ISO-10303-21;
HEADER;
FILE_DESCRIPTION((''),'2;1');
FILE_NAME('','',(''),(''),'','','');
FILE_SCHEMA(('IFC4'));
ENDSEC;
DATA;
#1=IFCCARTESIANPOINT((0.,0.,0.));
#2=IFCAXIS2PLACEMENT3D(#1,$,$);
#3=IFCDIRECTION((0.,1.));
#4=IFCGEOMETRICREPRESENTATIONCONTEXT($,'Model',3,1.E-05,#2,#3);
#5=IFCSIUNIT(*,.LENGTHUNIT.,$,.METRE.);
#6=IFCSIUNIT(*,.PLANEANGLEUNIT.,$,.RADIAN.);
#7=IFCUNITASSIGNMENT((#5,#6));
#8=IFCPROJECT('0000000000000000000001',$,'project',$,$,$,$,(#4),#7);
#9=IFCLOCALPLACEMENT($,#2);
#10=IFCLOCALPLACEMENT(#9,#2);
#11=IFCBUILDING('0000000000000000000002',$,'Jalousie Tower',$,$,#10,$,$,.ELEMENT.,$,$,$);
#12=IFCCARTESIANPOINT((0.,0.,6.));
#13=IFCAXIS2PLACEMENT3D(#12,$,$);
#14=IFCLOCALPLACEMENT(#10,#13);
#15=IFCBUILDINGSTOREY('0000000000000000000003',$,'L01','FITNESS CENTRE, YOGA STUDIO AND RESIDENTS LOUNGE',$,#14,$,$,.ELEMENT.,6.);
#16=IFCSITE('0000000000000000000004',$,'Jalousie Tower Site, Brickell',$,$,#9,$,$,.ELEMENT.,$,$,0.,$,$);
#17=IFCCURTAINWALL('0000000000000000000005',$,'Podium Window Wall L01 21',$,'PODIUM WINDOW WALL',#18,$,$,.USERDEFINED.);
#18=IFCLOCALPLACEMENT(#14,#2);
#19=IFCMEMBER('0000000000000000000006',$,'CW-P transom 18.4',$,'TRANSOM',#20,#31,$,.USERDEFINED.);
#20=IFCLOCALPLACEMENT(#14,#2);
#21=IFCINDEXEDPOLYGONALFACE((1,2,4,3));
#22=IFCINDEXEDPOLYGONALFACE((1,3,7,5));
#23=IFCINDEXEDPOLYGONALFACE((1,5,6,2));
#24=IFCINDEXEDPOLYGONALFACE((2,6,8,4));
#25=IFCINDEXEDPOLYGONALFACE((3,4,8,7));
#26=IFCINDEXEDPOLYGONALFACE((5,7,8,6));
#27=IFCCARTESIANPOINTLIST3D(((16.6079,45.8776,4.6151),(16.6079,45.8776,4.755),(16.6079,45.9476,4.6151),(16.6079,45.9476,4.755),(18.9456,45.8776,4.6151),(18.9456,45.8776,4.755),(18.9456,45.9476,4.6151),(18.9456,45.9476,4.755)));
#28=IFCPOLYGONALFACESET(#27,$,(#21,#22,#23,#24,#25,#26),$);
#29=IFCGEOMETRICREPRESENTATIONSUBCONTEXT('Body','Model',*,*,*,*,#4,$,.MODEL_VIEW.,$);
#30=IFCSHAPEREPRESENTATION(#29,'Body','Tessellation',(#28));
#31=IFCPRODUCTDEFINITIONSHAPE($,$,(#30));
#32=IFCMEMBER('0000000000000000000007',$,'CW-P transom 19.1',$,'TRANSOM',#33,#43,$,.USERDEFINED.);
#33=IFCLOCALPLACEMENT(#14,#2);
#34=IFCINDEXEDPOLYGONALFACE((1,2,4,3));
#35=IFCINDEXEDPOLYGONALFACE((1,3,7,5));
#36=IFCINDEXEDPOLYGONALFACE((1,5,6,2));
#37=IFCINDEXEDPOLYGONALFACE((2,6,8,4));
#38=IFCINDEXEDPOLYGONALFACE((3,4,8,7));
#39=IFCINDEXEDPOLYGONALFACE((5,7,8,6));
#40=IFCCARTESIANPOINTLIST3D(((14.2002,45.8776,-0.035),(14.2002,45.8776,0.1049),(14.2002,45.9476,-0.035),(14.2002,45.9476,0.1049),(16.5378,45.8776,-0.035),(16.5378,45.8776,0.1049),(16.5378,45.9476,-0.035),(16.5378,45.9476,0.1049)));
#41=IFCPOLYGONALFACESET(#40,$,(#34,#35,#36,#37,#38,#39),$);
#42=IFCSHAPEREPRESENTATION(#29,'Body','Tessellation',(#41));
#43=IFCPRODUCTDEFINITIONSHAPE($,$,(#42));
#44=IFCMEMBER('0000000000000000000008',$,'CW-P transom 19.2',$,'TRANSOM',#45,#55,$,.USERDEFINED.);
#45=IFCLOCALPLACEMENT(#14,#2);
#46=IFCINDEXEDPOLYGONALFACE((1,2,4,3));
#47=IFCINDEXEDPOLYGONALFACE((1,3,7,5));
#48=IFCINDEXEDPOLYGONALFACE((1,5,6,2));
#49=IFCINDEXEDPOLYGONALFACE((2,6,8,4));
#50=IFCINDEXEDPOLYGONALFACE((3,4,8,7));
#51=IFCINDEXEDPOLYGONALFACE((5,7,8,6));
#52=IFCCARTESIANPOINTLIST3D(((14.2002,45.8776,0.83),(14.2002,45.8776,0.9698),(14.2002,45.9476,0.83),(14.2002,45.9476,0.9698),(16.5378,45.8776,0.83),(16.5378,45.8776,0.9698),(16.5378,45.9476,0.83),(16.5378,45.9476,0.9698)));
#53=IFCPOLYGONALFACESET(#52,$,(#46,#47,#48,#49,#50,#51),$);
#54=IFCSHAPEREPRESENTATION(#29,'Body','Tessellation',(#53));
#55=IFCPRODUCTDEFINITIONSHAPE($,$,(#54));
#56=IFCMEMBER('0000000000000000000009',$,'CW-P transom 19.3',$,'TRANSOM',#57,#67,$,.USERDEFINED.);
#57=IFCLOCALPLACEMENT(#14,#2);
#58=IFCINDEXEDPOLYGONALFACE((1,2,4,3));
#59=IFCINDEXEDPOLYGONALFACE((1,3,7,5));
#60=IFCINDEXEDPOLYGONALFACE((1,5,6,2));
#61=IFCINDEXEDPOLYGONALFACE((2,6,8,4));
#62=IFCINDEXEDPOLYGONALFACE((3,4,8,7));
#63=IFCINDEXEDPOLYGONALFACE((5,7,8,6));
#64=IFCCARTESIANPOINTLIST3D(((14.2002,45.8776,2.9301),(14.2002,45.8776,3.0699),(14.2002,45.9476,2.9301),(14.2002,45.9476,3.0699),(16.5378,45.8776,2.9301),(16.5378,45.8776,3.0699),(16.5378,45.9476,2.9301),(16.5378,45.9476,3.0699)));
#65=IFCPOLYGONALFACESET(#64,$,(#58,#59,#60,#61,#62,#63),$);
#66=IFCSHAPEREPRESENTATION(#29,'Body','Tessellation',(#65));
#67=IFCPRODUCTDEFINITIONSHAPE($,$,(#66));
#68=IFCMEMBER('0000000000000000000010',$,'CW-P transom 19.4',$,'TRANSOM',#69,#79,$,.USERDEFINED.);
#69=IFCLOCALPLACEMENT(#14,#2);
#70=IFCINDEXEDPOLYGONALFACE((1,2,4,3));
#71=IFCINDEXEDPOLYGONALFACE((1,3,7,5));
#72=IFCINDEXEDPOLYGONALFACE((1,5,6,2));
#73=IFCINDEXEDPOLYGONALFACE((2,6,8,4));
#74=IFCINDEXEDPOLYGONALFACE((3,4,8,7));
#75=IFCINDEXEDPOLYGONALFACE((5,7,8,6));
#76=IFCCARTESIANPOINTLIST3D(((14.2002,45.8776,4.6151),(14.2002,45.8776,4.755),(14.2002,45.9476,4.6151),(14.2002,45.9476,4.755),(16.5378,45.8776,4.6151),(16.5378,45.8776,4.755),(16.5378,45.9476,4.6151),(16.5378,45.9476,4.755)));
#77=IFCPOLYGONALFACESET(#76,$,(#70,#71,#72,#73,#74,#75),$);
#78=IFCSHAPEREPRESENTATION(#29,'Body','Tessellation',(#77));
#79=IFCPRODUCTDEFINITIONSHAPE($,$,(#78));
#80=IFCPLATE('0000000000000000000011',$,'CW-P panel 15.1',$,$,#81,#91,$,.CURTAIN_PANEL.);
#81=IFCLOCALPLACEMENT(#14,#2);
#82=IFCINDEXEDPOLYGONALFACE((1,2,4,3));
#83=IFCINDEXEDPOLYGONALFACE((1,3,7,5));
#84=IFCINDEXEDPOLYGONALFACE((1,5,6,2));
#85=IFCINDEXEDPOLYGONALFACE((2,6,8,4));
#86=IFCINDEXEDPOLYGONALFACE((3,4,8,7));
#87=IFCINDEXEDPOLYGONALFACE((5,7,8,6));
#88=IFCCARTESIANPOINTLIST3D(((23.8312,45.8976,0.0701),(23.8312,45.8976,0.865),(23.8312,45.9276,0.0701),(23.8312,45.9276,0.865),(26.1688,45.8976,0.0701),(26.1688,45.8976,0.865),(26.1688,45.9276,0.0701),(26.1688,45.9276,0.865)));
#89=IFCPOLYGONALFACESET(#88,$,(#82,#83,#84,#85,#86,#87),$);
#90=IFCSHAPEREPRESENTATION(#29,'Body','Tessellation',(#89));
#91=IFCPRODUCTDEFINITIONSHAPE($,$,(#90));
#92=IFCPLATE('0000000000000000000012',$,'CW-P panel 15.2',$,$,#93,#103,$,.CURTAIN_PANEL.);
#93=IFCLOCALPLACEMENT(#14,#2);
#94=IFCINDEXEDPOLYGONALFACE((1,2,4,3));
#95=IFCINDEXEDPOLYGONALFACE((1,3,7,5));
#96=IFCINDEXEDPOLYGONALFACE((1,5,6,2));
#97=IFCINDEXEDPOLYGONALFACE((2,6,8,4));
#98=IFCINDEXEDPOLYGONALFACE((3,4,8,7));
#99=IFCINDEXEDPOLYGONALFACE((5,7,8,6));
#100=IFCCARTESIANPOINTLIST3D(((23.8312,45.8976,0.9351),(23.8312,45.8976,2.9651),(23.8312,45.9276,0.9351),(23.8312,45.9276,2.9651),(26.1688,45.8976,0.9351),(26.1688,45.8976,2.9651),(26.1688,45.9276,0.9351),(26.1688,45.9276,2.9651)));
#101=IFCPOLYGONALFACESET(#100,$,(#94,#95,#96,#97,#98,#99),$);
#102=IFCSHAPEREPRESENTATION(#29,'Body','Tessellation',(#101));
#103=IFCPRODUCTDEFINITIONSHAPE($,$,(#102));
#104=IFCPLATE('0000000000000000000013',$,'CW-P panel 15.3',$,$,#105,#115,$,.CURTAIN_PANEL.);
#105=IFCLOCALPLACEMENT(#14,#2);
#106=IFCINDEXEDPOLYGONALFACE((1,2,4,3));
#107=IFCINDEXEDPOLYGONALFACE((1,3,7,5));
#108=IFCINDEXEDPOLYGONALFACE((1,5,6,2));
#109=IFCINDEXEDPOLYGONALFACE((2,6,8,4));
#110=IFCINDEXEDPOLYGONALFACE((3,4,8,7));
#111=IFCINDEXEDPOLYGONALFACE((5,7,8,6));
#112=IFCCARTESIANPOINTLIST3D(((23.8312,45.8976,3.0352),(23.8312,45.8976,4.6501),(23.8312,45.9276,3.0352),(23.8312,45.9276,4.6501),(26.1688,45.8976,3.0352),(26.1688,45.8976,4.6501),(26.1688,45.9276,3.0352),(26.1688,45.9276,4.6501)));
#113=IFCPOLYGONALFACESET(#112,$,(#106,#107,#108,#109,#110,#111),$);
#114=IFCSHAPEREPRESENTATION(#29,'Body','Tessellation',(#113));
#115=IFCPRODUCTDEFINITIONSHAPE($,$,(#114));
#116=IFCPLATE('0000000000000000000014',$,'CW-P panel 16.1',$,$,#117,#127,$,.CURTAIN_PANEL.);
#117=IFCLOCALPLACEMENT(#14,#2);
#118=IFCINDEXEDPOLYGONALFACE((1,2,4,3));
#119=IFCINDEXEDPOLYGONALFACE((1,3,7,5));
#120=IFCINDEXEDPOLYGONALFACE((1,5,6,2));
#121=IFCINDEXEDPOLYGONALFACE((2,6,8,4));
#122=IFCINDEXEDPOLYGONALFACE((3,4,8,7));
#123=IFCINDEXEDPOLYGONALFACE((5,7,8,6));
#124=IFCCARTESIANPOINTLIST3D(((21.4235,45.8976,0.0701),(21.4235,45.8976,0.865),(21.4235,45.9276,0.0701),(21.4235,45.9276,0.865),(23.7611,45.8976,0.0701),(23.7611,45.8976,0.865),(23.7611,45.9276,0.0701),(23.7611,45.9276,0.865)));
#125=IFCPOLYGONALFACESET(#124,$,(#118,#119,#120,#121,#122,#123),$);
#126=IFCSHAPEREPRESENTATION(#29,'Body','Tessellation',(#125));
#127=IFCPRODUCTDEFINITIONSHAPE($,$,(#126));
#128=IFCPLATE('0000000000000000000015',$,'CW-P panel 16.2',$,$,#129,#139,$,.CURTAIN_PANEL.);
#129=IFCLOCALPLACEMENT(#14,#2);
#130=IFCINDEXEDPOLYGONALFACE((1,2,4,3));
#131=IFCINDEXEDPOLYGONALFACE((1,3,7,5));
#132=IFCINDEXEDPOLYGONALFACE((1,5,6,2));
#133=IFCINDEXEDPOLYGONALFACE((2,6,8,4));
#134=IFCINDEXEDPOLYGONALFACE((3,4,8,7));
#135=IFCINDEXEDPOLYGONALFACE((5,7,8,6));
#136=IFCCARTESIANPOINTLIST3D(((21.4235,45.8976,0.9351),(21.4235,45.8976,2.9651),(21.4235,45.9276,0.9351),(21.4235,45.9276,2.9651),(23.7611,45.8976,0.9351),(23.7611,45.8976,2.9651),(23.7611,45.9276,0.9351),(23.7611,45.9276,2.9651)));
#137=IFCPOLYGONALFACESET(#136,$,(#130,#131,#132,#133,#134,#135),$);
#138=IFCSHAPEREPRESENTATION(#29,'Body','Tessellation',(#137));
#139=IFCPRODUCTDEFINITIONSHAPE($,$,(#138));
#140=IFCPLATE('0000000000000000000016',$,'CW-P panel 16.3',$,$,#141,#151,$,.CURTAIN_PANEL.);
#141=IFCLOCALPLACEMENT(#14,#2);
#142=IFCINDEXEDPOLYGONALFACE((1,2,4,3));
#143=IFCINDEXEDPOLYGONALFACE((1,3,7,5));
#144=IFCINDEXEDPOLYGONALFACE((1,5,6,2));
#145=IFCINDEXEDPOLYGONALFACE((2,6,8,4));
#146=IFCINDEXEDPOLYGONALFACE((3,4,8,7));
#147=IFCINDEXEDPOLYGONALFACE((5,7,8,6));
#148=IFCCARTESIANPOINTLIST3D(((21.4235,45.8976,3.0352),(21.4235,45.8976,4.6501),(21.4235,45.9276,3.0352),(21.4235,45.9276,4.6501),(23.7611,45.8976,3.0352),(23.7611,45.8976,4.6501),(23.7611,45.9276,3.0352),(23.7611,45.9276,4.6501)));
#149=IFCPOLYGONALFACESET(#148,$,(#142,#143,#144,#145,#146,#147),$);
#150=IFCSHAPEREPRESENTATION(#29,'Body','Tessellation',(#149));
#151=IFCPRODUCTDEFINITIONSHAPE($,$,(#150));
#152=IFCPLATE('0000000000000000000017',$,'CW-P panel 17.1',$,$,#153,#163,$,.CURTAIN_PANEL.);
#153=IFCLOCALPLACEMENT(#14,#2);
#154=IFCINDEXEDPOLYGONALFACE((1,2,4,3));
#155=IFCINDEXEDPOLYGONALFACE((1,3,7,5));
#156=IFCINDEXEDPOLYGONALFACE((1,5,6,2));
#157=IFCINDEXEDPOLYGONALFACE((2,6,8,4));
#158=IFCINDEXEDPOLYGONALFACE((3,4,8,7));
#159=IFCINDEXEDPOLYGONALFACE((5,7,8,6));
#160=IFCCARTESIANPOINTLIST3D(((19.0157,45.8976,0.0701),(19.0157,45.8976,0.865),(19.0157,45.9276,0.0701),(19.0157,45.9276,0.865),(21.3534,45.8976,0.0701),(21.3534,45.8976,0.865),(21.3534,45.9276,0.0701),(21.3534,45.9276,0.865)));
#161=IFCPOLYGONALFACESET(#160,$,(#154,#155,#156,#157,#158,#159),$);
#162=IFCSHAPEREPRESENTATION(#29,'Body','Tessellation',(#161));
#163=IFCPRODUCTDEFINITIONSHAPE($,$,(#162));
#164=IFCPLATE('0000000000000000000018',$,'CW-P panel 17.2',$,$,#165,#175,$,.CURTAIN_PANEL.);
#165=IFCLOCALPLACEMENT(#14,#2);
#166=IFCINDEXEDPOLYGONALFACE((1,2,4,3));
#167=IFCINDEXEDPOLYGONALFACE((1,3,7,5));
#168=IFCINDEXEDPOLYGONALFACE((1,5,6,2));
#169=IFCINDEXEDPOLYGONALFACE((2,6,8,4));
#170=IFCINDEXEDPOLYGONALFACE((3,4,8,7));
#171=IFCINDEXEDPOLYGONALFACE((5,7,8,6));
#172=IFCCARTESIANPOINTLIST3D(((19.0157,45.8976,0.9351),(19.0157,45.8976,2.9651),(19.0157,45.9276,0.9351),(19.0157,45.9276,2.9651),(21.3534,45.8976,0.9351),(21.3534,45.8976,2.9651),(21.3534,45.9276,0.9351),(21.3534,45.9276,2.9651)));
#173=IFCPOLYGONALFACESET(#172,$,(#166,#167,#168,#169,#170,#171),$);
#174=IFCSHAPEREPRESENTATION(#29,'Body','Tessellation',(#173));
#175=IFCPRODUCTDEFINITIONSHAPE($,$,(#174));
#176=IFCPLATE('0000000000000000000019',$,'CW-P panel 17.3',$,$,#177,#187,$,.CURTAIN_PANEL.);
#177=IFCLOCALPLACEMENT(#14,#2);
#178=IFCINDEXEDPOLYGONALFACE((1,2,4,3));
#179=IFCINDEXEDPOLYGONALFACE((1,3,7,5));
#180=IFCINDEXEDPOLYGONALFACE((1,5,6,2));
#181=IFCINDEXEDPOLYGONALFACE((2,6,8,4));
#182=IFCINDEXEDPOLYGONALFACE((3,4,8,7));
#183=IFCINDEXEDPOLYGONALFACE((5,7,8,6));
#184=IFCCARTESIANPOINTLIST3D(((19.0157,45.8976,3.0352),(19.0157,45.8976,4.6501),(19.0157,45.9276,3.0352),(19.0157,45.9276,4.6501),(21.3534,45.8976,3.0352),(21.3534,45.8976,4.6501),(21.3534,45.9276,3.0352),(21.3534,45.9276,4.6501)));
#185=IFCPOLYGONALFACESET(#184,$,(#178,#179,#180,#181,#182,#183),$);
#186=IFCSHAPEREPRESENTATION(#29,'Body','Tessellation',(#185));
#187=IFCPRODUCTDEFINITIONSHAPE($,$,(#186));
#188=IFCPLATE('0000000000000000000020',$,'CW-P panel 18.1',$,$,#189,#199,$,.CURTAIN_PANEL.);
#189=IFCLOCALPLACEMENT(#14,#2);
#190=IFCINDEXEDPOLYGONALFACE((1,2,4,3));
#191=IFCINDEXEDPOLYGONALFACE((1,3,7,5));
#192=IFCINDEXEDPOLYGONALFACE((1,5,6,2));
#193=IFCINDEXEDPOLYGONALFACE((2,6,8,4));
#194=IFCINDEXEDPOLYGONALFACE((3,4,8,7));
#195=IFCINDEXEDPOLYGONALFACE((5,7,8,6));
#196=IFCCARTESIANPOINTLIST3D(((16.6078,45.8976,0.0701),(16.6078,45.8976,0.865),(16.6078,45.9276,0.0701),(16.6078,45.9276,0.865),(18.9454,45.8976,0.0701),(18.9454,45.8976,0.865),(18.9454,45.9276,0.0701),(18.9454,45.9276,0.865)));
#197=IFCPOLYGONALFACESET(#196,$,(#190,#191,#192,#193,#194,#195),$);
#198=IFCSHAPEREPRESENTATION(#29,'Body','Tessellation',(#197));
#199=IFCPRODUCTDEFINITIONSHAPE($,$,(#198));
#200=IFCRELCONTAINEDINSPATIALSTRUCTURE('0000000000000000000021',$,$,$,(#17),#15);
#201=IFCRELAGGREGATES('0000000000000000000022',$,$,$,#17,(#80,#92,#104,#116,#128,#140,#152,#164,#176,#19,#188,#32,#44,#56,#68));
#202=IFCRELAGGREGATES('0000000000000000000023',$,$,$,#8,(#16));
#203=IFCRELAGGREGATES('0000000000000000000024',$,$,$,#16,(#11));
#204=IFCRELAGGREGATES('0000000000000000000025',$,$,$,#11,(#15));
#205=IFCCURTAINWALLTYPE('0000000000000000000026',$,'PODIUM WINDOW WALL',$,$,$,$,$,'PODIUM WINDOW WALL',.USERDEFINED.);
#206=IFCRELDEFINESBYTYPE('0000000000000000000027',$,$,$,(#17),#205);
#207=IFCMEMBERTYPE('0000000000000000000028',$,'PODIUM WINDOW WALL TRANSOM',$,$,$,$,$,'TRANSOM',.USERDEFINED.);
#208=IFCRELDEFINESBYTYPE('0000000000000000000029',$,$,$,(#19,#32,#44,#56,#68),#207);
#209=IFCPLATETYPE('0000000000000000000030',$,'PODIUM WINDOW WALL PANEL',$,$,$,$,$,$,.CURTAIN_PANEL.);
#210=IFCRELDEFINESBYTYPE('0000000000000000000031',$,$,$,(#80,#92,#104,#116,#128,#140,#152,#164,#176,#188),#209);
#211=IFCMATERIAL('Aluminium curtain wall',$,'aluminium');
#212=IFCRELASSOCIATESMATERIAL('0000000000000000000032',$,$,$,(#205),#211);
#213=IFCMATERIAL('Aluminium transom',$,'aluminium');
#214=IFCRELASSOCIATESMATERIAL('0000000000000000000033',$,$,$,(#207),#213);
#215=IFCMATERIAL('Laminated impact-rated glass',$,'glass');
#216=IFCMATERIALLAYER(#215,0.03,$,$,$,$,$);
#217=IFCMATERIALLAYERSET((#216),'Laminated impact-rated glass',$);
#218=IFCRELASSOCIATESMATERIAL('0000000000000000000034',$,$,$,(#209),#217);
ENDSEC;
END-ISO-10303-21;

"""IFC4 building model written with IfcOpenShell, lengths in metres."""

from ifc_helpers import new_model, si_unit, direction, frame, origin, origin_2d, place, context, subcontext, project, spatial, rectangle, extrude, material, layer, layer_set, material_profile, profile_set, type_object, element, aggregate, save


model = new_model("IFC4")

# Units and contexts
model_context = context("Model", 3, precision=1e-05, world=origin(), true_north=direction((0.0, 1.0)))
body_context = subcontext(model_context, "Body", "Model", "MODEL_VIEW")
ifc_project = project(units=[si_unit("LENGTHUNIT", "METRE"), si_unit("PLANEANGLEUNIT", "RADIAN")], contexts=[model_context])

# Site, building, storey
site_placement = place(None, origin())
site = spatial("IfcSite", under=ifc_project, at=site_placement, Name="Jalousie Tower Site, Brickell", CompositionType="ELEMENT", RefElevation=0.0)
building_placement = place(site_placement, origin())
building = spatial("IfcBuilding", under=site, at=building_placement, Name="Jalousie Tower", CompositionType="ELEMENT")
storey_placement = place(building_placement, frame((0.0, 0.0, 6.0)))
storey = spatial("IfcBuildingStorey", under=building, at=storey_placement, Name="L01", Description="FITNESS CENTRE, YOGA STUDIO AND RESIDENTS LOUNGE", CompositionType="ELEMENT", Elevation=6.0)

# Curtain wall, members, plates
ifc_material_1 = material(Name="Aluminium curtain wall", Category="aluminium")
curtain_wall_type = type_object("IfcCurtainWallType", Name="PODIUM WINDOW WALL", ElementType="PODIUM WINDOW WALL", PredefinedType="USERDEFINED", material=ifc_material_1)
curtain_wall_placement = place(storey_placement, origin())
curtain_wall = element("IfcCurtainWall", 1, at=curtain_wall_placement, inside=storey, type_object=curtain_wall_type, Name="Podium Window Wall L01 21", ObjectType="PODIUM WINDOW WALL", PredefinedType="USERDEFINED")
ifc_material_2 = material(Name="Aluminium transom", Category="aluminium")
ifc_material_profile_1 = material_profile(ifc_material_2, rectangle(XDim=0.0701, YDim=0.1399, at=origin_2d()), Name="TRANSOM 70x140")
ifc_profile_set_1 = profile_set([ifc_material_profile_1], Name="Aluminium transom")
member_type_1 = type_object("IfcMemberType", Name="PODIUM WINDOW WALL TRANSOM", ElementType="TRANSOM", PredefinedType="USERDEFINED", material=ifc_profile_set_1)
member_1_placement = place(storey_placement, frame((18.9456, 45.9126, 4.6851), z_axis=(-1.0, 0.0, 0.0), x_axis=(0.0, -1.0, 0.0)))
member_1 = element("IfcMember", 2, at=member_1_placement, type_object=member_type_1, Name="CW-P transom 18.4", ObjectType="TRANSOM", PredefinedType="USERDEFINED", context=body_context, shape_type="SweptSolid", body=[
    extrude(rectangle(XDim=0.0701, YDim=0.1399, at=origin_2d()), origin(), (0.0, 0.0, 1.0), 2.3376),
])
member_2_placement = place(storey_placement, frame((16.5378, 45.9126, 0.0349), z_axis=(-1.0, 0.0, 0.0), x_axis=(0.0, -1.0, 0.0)))
member_2 = element("IfcMember", 3, at=member_2_placement, type_object=member_type_1, Name="CW-P transom 19.1", ObjectType="TRANSOM", PredefinedType="USERDEFINED", context=body_context, shape_type="SweptSolid", body=[
    extrude(rectangle(XDim=0.0701, YDim=0.1399, at=origin_2d()), origin(), (0.0, 0.0, 1.0), 2.3376),
])
member_3_placement = place(storey_placement, frame((16.5378, 45.9126, 0.8999), z_axis=(-1.0, 0.0, 0.0), x_axis=(0.0, -1.0, 0.0)))
member_3 = element("IfcMember", 4, at=member_3_placement, type_object=member_type_1, Name="CW-P transom 19.2", ObjectType="TRANSOM", PredefinedType="USERDEFINED", context=body_context, shape_type="SweptSolid", body=[
    extrude(rectangle(XDim=0.0701, YDim=0.1399, at=origin_2d()), origin(), (0.0, 0.0, 1.0), 2.3376),
])
member_4_placement = place(storey_placement, frame((16.5378, 45.9126, 3.0), z_axis=(-1.0, 0.0, 0.0), x_axis=(0.0, -1.0, 0.0)))
member_4 = element("IfcMember", 5, at=member_4_placement, type_object=member_type_1, Name="CW-P transom 19.3", ObjectType="TRANSOM", PredefinedType="USERDEFINED", context=body_context, shape_type="SweptSolid", body=[
    extrude(rectangle(XDim=0.0701, YDim=0.1399, at=origin_2d()), origin(), (0.0, 0.0, 1.0), 2.3376),
])
member_5_placement = place(storey_placement, frame((16.5378, 45.9126, 4.6851), z_axis=(-1.0, 0.0, 0.0), x_axis=(0.0, -1.0, 0.0)))
member_5 = element("IfcMember", 6, at=member_5_placement, type_object=member_type_1, Name="CW-P transom 19.4", ObjectType="TRANSOM", PredefinedType="USERDEFINED", context=body_context, shape_type="SweptSolid", body=[
    extrude(rectangle(XDim=0.0701, YDim=0.1399, at=origin_2d()), origin(), (0.0, 0.0, 1.0), 2.3376),
])
ifc_material_3 = material(Name="Laminated impact-rated glass", Category="glass")
ifc_layer = layer(ifc_material_3, 0.03)
ifc_layer_set = layer_set([ifc_layer], Name="Laminated impact-rated glass")
plate_type = type_object("IfcPlateType", Name="PODIUM WINDOW WALL PANEL", PredefinedType="CURTAIN_PANEL", material=ifc_layer_set)
plate_1_placement = place(storey_placement, frame((25.0, 45.9126, 0.0701), z_axis=(0.0, 0.0, 1.0), x_axis=(-1.0, 0.0, 0.0)))
plate_1 = element("IfcPlate", 7, at=plate_1_placement, type_object=plate_type, Name="CW-P panel 15.1", PredefinedType="CURTAIN_PANEL", context=body_context, shape_type="SweptSolid", body=[
    extrude(rectangle(XDim=2.3376, YDim=0.03, at=origin_2d()), origin(), (0.0, 0.0, 1.0), 0.7949),
])
plate_2_placement = place(storey_placement, frame((25.0, 45.9126, 0.9351), z_axis=(0.0, 0.0, 1.0), x_axis=(-1.0, 0.0, 0.0)))
plate_2 = element("IfcPlate", 8, at=plate_2_placement, type_object=plate_type, Name="CW-P panel 15.2", PredefinedType="CURTAIN_PANEL", context=body_context, shape_type="SweptSolid", body=[
    extrude(rectangle(XDim=2.3376, YDim=0.03, at=origin_2d()), origin(), (0.0, 0.0, 1.0), 2.03),
])
plate_3_placement = place(storey_placement, frame((25.0, 45.9126, 3.0352), z_axis=(0.0, 0.0, 1.0), x_axis=(-1.0, 0.0, 0.0)))
plate_3 = element("IfcPlate", 9, at=plate_3_placement, type_object=plate_type, Name="CW-P panel 15.3", PredefinedType="CURTAIN_PANEL", context=body_context, shape_type="SweptSolid", body=[
    extrude(rectangle(XDim=2.3376, YDim=0.03, at=origin_2d()), origin(), (0.0, 0.0, 1.0), 1.615),
])
plate_4_placement = place(storey_placement, frame((22.5923, 45.9126, 0.0701), z_axis=(0.0, 0.0, 1.0), x_axis=(-1.0, 0.0, 0.0)))
plate_4 = element("IfcPlate", 10, at=plate_4_placement, type_object=plate_type, Name="CW-P panel 16.1", PredefinedType="CURTAIN_PANEL", context=body_context, shape_type="SweptSolid", body=[
    extrude(rectangle(XDim=2.3376, YDim=0.03, at=origin_2d()), origin(), (0.0, 0.0, 1.0), 0.7949),
])
plate_5_placement = place(storey_placement, frame((22.5923, 45.9126, 0.9351), z_axis=(0.0, 0.0, 1.0), x_axis=(-1.0, 0.0, 0.0)))
plate_5 = element("IfcPlate", 11, at=plate_5_placement, type_object=plate_type, Name="CW-P panel 16.2", PredefinedType="CURTAIN_PANEL", context=body_context, shape_type="SweptSolid", body=[
    extrude(rectangle(XDim=2.3376, YDim=0.03, at=origin_2d()), origin(), (0.0, 0.0, 1.0), 2.03),
])
plate_6_placement = place(storey_placement, frame((22.5923, 45.9126, 3.0352), z_axis=(0.0, 0.0, 1.0), x_axis=(-1.0, 0.0, 0.0)))
plate_6 = element("IfcPlate", 12, at=plate_6_placement, type_object=plate_type, Name="CW-P panel 16.3", PredefinedType="CURTAIN_PANEL", context=body_context, shape_type="SweptSolid", body=[
    extrude(rectangle(XDim=2.3376, YDim=0.03, at=origin_2d()), origin(), (0.0, 0.0, 1.0), 1.615),
])
plate_7_placement = place(storey_placement, frame((20.1846, 45.9126, 0.0701), z_axis=(0.0, 0.0, 1.0), x_axis=(-1.0, 0.0, 0.0)))
plate_7 = element("IfcPlate", 13, at=plate_7_placement, type_object=plate_type, Name="CW-P panel 17.1", PredefinedType="CURTAIN_PANEL", context=body_context, shape_type="SweptSolid", body=[
    extrude(rectangle(XDim=2.3376, YDim=0.03, at=origin_2d()), origin(), (0.0, 0.0, 1.0), 0.7949),
])
plate_8_placement = place(storey_placement, frame((20.1846, 45.9126, 0.9351), z_axis=(0.0, 0.0, 1.0), x_axis=(-1.0, 0.0, 0.0)))
plate_8 = element("IfcPlate", 14, at=plate_8_placement, type_object=plate_type, Name="CW-P panel 17.2", PredefinedType="CURTAIN_PANEL", context=body_context, shape_type="SweptSolid", body=[
    extrude(rectangle(XDim=2.3376, YDim=0.03, at=origin_2d()), origin(), (0.0, 0.0, 1.0), 2.03),
])
plate_9_placement = place(storey_placement, frame((20.1846, 45.9126, 3.0352), z_axis=(0.0, 0.0, 1.0), x_axis=(-1.0, 0.0, 0.0)))
plate_9 = element("IfcPlate", 15, at=plate_9_placement, type_object=plate_type, Name="CW-P panel 17.3", PredefinedType="CURTAIN_PANEL", context=body_context, shape_type="SweptSolid", body=[
    extrude(rectangle(XDim=2.3376, YDim=0.03, at=origin_2d()), origin(), (0.0, 0.0, 1.0), 1.615),
])
plate_10_placement = place(storey_placement, frame((17.7766, 45.9126, 0.0701), z_axis=(0.0, 0.0, 1.0), x_axis=(-1.0, 0.0, 0.0)))
plate_10 = element("IfcPlate", 16, at=plate_10_placement, type_object=plate_type, Name="CW-P panel 18.1", PredefinedType="CURTAIN_PANEL", context=body_context, shape_type="SweptSolid", body=[
    extrude(rectangle(XDim=2.3376, YDim=0.03, at=origin_2d()), origin(), (0.0, 0.0, 1.0), 0.7949),
])
aggregate(curtain_wall, [plate_1, plate_2, plate_3, plate_4, plate_5, plate_6, plate_7, plate_8, plate_9, member_1, plate_10, member_2, member_3, member_4, member_5])

save(model, "model.ifc")
